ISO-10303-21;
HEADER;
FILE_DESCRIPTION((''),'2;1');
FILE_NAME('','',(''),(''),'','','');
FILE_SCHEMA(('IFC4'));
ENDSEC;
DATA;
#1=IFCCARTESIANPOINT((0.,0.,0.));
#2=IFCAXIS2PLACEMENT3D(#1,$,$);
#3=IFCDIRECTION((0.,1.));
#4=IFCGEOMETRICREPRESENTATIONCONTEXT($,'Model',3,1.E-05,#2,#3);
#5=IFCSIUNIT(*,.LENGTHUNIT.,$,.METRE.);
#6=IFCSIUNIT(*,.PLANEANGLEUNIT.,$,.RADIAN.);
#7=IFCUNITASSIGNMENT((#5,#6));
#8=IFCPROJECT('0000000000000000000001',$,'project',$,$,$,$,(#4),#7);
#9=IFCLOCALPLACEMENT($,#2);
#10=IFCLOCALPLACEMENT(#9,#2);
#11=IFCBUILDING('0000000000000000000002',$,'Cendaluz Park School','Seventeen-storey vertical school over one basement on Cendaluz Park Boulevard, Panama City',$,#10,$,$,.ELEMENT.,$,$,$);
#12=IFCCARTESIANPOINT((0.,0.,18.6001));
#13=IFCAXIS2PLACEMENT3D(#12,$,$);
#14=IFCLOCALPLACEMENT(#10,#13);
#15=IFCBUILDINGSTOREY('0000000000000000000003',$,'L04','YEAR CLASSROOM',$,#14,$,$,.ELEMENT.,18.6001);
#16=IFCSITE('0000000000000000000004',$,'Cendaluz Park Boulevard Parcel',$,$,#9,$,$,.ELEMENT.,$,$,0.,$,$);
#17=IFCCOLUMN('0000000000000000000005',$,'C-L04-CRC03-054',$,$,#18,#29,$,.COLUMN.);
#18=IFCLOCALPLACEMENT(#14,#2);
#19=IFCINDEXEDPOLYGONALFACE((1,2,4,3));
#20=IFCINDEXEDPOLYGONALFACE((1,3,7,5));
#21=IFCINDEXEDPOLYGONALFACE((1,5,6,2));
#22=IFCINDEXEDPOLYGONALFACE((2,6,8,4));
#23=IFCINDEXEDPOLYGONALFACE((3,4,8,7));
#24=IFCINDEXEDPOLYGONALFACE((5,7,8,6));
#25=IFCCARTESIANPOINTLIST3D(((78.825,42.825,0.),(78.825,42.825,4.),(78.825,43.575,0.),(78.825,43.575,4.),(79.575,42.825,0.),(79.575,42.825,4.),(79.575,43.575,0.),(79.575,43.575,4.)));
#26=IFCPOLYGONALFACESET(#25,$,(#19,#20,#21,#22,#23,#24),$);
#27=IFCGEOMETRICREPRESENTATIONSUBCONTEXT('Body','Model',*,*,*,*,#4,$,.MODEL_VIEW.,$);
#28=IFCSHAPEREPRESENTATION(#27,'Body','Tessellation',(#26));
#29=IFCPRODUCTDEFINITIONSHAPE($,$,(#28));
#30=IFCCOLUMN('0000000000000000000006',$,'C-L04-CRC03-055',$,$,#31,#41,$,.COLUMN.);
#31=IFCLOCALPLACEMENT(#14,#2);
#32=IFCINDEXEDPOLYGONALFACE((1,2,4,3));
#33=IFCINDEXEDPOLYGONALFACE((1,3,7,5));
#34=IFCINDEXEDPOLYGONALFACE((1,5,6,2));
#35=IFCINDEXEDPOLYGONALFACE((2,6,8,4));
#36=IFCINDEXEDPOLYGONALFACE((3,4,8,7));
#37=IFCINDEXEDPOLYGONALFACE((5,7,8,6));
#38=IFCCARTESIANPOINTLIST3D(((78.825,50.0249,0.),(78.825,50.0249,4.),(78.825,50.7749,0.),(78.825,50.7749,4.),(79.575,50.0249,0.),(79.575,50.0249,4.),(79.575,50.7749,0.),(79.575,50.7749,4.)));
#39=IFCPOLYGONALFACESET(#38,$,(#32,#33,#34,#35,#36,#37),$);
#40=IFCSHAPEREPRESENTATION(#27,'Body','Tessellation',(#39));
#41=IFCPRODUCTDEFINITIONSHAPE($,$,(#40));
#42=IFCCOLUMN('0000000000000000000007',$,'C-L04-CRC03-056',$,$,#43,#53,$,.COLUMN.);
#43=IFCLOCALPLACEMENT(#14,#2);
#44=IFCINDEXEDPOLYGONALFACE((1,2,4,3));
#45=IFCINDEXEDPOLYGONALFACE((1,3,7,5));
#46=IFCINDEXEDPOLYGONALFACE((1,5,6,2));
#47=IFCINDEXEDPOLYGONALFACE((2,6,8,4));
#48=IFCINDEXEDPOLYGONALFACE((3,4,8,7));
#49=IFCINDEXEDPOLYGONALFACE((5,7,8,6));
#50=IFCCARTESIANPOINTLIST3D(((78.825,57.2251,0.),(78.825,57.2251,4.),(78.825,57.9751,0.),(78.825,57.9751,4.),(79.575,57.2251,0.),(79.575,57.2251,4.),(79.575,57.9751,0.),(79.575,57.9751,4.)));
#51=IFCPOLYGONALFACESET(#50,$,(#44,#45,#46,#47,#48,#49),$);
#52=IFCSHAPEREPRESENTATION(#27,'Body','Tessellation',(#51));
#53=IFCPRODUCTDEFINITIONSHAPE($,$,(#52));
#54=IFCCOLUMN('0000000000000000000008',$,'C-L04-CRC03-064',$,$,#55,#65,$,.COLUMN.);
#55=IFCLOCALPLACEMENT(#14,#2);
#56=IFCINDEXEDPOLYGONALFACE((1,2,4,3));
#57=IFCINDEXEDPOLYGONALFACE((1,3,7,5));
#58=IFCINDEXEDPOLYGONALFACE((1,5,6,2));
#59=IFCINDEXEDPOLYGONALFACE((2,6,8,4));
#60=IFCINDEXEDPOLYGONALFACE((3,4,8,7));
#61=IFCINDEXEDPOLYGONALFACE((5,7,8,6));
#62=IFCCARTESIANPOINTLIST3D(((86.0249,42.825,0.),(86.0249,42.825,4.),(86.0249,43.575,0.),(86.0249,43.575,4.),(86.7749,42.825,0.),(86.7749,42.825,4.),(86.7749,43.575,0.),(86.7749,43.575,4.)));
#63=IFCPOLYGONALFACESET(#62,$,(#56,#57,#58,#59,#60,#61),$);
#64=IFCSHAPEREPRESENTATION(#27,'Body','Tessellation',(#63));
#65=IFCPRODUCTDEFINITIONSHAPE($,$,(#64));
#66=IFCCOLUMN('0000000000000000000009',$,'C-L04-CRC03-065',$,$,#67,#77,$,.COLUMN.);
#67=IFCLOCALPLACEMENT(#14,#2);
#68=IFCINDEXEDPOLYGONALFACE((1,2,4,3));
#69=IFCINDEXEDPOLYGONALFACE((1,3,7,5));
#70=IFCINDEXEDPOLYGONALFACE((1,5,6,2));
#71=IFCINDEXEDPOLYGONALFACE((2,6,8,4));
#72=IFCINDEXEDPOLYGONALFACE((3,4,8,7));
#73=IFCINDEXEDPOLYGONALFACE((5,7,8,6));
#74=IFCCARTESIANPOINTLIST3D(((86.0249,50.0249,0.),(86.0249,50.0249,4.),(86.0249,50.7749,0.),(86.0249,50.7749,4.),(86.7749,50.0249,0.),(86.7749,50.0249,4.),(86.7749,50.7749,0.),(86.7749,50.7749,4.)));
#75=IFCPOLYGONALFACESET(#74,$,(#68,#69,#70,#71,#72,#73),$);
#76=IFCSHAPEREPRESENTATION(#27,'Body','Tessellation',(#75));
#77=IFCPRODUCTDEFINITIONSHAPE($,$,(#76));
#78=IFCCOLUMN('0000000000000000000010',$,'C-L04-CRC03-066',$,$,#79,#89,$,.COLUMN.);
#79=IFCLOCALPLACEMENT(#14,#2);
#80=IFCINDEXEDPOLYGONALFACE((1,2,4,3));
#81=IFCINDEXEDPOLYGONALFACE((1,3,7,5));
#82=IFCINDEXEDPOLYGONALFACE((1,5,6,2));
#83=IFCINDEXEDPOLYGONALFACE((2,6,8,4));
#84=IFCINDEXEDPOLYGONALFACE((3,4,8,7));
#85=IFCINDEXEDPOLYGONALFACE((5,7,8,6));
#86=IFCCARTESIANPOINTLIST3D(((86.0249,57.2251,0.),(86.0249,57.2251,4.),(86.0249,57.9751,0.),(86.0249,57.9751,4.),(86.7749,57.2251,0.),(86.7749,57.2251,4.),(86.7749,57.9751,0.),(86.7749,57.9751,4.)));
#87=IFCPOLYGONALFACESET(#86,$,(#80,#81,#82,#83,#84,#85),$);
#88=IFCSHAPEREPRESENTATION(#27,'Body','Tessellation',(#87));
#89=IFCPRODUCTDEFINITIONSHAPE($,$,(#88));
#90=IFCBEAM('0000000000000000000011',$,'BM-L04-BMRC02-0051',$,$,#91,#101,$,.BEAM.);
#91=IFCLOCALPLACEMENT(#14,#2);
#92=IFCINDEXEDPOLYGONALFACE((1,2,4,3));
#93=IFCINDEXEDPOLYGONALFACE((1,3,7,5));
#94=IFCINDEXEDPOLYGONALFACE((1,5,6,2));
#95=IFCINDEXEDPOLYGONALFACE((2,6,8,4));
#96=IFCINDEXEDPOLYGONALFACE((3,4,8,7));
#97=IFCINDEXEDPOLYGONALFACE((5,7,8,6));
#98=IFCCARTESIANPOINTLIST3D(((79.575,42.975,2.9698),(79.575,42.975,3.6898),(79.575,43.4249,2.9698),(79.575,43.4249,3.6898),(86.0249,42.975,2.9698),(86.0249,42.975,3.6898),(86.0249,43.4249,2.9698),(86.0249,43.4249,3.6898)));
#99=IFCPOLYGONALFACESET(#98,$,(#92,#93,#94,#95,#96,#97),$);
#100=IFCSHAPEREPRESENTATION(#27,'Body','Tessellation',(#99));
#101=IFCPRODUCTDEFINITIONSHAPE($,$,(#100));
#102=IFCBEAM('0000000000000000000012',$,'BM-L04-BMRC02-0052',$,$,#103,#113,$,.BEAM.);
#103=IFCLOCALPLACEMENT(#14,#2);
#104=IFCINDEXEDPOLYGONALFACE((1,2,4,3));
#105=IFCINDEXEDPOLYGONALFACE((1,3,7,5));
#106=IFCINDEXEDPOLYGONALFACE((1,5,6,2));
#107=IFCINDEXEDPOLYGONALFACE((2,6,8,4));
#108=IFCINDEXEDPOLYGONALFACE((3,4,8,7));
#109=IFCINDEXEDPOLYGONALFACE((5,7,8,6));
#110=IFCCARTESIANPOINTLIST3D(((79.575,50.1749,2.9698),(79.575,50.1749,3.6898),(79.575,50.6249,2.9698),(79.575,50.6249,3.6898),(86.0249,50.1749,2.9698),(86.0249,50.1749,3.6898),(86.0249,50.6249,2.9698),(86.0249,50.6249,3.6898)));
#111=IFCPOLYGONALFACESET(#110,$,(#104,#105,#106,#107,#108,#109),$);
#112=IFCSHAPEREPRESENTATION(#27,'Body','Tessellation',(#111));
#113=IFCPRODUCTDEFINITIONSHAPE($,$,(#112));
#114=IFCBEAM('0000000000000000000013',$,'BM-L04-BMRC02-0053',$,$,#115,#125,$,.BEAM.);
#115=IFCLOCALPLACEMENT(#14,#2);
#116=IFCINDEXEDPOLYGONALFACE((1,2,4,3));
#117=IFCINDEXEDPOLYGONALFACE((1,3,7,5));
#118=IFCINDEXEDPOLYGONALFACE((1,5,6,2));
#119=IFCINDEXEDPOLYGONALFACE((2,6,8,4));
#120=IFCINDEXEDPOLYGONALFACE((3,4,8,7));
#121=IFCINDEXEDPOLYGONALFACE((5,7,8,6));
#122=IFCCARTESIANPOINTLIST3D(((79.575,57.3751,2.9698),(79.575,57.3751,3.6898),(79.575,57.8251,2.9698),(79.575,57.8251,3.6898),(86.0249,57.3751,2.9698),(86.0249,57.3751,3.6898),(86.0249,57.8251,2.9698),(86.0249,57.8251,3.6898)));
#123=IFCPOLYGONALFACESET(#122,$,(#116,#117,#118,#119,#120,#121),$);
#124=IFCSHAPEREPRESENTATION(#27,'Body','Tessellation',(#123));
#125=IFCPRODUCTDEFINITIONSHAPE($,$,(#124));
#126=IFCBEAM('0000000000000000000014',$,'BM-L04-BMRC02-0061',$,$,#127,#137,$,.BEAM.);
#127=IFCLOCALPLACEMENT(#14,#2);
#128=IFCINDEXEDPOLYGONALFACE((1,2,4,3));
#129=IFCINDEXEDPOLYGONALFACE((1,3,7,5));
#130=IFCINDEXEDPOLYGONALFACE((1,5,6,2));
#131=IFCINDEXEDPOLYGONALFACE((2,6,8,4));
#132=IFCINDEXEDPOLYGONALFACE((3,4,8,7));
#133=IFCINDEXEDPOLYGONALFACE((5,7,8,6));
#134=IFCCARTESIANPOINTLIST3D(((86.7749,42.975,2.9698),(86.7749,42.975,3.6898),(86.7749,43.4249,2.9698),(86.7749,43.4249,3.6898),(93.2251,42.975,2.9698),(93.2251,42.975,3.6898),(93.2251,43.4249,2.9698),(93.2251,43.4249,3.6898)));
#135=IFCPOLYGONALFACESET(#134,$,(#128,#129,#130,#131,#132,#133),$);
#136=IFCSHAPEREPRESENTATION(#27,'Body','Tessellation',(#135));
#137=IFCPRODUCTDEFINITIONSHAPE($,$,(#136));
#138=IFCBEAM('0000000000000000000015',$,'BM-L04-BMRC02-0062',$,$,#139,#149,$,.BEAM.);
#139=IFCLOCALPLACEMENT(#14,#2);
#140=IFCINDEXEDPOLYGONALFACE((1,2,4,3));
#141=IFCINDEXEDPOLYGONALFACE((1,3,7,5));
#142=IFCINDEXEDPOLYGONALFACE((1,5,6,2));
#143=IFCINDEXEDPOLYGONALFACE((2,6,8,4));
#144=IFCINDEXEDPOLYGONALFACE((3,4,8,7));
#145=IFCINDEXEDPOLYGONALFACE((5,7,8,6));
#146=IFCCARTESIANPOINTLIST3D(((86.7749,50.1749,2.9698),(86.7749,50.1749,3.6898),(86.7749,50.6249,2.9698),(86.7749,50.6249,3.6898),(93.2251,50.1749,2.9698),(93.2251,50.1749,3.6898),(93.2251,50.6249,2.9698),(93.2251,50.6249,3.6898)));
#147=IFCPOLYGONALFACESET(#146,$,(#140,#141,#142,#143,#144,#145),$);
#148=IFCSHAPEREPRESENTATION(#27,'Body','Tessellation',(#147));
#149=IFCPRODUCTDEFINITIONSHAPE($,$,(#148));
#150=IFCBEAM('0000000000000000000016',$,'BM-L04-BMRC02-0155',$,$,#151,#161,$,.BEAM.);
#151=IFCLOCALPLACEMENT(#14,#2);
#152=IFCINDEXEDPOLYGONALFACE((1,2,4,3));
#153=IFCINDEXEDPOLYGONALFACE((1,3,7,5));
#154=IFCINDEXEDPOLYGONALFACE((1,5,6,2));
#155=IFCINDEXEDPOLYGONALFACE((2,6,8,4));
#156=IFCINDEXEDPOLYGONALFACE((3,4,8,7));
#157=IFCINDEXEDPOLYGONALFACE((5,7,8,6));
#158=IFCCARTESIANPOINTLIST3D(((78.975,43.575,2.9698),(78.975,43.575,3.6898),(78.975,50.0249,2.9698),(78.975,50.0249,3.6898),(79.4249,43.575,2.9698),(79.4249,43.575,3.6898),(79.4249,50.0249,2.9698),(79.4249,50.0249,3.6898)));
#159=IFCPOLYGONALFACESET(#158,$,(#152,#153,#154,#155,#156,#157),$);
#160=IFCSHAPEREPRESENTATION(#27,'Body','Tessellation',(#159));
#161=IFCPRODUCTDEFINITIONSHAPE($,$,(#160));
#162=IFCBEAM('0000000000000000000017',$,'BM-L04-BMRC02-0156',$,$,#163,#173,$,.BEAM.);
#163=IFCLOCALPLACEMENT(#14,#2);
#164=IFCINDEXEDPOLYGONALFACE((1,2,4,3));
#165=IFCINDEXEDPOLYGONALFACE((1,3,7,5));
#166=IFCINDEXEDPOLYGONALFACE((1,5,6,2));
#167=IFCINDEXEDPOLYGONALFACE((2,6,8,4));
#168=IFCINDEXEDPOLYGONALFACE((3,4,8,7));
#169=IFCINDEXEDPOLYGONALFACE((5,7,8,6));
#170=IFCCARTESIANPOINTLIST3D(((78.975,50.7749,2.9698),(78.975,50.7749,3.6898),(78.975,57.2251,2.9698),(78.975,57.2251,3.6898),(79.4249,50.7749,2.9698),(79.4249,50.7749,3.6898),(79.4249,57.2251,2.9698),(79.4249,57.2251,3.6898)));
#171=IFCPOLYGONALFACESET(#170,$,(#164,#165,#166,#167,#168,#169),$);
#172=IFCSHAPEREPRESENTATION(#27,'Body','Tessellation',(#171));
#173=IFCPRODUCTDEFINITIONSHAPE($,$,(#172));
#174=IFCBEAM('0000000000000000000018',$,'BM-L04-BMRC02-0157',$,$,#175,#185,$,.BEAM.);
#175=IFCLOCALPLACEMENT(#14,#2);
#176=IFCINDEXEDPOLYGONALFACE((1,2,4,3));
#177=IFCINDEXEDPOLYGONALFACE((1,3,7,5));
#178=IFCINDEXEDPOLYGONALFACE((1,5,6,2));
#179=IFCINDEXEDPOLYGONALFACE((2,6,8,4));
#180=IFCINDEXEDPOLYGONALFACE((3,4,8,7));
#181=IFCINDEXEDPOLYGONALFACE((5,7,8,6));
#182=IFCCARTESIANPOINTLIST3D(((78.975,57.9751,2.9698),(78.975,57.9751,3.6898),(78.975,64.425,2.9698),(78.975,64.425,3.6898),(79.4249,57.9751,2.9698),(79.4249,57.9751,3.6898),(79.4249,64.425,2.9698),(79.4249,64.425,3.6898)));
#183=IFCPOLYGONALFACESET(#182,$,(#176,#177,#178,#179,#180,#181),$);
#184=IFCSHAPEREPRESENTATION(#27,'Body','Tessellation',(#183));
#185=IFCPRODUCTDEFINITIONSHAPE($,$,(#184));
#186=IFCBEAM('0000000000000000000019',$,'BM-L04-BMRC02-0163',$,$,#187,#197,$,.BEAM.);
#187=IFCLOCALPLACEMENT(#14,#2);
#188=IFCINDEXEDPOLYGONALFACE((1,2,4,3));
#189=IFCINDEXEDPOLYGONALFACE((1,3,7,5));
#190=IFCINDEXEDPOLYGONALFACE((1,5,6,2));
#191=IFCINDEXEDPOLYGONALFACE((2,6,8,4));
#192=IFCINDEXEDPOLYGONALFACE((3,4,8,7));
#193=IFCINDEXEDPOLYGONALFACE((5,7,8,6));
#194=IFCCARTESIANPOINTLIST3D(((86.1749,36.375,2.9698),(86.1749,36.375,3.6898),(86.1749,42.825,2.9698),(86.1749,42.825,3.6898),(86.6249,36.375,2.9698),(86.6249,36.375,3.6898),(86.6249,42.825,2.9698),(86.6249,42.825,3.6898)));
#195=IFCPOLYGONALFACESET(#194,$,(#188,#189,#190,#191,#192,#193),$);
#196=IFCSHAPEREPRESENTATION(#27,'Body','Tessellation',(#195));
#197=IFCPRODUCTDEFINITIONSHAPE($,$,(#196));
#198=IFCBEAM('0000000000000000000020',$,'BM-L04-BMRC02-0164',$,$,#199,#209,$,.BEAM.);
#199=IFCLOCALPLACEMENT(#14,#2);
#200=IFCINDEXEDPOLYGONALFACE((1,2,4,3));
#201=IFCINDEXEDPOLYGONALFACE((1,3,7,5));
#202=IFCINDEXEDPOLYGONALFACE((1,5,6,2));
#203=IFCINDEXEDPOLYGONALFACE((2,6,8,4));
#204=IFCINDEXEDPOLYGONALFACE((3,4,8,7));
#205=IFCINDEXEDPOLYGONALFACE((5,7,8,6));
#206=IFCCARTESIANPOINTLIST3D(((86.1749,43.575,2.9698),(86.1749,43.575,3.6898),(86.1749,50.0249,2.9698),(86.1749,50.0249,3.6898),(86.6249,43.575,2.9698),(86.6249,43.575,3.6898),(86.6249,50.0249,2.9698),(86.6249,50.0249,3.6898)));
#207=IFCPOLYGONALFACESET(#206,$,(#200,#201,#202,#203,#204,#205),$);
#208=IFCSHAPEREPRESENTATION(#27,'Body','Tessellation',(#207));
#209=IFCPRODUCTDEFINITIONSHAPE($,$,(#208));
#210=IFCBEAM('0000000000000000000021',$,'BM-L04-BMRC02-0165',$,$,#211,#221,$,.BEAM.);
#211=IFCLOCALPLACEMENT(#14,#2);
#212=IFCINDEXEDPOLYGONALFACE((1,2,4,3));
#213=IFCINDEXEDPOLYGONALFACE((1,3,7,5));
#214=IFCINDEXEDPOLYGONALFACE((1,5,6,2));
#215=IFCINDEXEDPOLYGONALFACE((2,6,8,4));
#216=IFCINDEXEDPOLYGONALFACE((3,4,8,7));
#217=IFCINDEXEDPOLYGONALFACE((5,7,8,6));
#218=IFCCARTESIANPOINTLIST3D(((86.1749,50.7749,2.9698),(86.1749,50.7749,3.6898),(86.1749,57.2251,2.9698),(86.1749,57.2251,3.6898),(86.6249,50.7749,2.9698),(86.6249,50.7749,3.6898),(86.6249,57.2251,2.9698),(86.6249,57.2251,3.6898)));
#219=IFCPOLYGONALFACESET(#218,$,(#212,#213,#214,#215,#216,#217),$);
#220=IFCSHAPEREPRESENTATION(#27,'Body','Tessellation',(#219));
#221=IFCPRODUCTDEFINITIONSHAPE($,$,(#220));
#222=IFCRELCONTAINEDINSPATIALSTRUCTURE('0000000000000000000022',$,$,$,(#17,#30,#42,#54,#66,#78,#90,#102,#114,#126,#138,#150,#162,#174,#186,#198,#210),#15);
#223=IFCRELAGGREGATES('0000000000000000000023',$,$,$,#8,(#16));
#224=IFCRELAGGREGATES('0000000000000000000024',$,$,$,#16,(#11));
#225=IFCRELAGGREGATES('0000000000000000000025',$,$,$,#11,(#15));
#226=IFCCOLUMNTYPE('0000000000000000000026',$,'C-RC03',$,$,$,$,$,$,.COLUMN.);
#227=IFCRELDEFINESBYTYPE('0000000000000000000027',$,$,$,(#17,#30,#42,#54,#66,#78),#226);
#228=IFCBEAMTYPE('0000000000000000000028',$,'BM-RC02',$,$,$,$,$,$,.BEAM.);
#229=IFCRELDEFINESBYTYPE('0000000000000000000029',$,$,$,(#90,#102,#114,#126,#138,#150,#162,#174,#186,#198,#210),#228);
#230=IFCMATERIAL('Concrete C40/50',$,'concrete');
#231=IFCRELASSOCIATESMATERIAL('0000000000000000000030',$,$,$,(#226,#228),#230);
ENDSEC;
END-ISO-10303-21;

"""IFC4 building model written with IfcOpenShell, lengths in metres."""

from ifc_helpers import new_model, si_unit, direction, frame, origin, origin_2d, place, context, subcontext, project, spatial, rectangle, extrude, material, material_profile, profile_set, type_object, element, save


model = new_model("IFC4")

# Units and contexts
model_context = context("Model", 3, precision=1e-05, world=origin(), true_north=direction((0.0, 1.0)))
body_context = subcontext(model_context, "Body", "Model", "MODEL_VIEW")
ifc_project = project(units=[si_unit("LENGTHUNIT", "METRE"), si_unit("PLANEANGLEUNIT", "RADIAN")], contexts=[model_context])

# Site, building, storey
site_placement = place(None, origin())
site = spatial("IfcSite", under=ifc_project, at=site_placement, Name="Cendaluz Park Boulevard Parcel", CompositionType="ELEMENT", RefElevation=0.0)
building_placement = place(site_placement, origin())
building = spatial("IfcBuilding", under=site, at=building_placement, Name="Cendaluz Park School", Description="Seventeen-storey vertical school over one basement on Cendaluz Park Boulevard, Panama City", CompositionType="ELEMENT")
storey_placement = place(building_placement, frame((0.0, 0.0, 18.6001)))
storey = spatial("IfcBuildingStorey", under=building, at=storey_placement, Name="L04", Description="YEAR CLASSROOM", CompositionType="ELEMENT", Elevation=18.6001)

# Columns
ifc_material_1 = material(Name="Concrete C40/50", Category="concrete")
ifc_material_profile_1 = material_profile(ifc_material_1, rectangle(XDim=0.75, YDim=0.75, at=origin_2d()), Name="RC 750x750", Category="concrete")
ifc_profile_set_1 = profile_set([ifc_material_profile_1], Name="Concrete C40/50")
column_type = type_object("IfcColumnType", Name="C-RC03", PredefinedType="COLUMN", material=ifc_profile_set_1)
for number, where, z_axis, x_axis, name in (
    (1, (79.2, 43.2, 0.0), (0.0, 0.0, 1.0), (1.0, 0.0, 0.0), "C-L04-CRC03-054"),
    (2, (79.2, 50.3999, 0.0), (0.0, 0.0, 1.0), (1.0, 0.0, 0.0), "C-L04-CRC03-055"),
    (3, (79.2, 57.6001, 0.0), (0.0, 0.0, 1.0), (1.0, 0.0, 0.0), "C-L04-CRC03-056"),
    (4, (86.3999, 43.2, 0.0), (0.0, 0.0, 1.0), (1.0, 0.0, 0.0), "C-L04-CRC03-064"),
    (5, (86.3999, 50.3999, 0.0), (0.0, 0.0, 1.0), (1.0, 0.0, 0.0), "C-L04-CRC03-065"),
    (6, (86.3999, 57.6001, 0.0), (0.0, 0.0, 1.0), (1.0, 0.0, 0.0), "C-L04-CRC03-066"),
):
    element("IfcColumn", number, at=place(storey_placement, frame(where, z_axis=z_axis, x_axis=x_axis)), inside=storey, type_object=column_type, Name=name, PredefinedType="COLUMN", context=body_context, shape_type="SweptSolid", body=[
        extrude(rectangle(XDim=0.75, YDim=0.75, at=origin_2d()), origin(), (0.0, 0.0, 1.0), 4.0),
    ])

# Beams
ifc_material_profile_2 = material_profile(ifc_material_1, rectangle(XDim=0.45, YDim=0.72, at=origin_2d()), Name="RC 450x720", Category="concrete")
ifc_profile_set_2 = profile_set([ifc_material_profile_2], Name="Concrete C40/50")
beam_type_1 = type_object("IfcBeamType", Name="BM-RC02", PredefinedType="BEAM", material=ifc_profile_set_2)
for number, where, z_axis, x_axis, name in (
    (7, (79.575, 43.2, 3.3298), (1.0, 0.0, 0.0), (0.0, 1.0, 0.0), "BM-L04-BMRC02-0051"),
    (8, (79.575, 50.3999, 3.3298), (1.0, 0.0, 0.0), (0.0, 1.0, 0.0), "BM-L04-BMRC02-0052"),
    (9, (79.575, 57.6001, 3.3298), (1.0, 0.0, 0.0), (0.0, 1.0, 0.0), "BM-L04-BMRC02-0053"),
):
    element("IfcBeam", number, at=place(storey_placement, frame(where, z_axis=z_axis, x_axis=x_axis)), inside=storey, type_object=beam_type_1, Name=name, PredefinedType="BEAM", context=body_context, shape_type="SweptSolid", body=[
        extrude(rectangle(XDim=0.45, YDim=0.72, at=origin_2d()), origin(), (0.0, 0.0, 1.0), 6.45),
    ])
for number, where, z_axis, x_axis, name in (
    (10, (86.7749, 43.2, 3.3298), (1.0, 0.0, 0.0), (0.0, 1.0, 0.0), "BM-L04-BMRC02-0061"),
    (11, (86.7749, 50.3999, 3.3298), (1.0, 0.0, 0.0), (0.0, 1.0, 0.0), "BM-L04-BMRC02-0062"),
):
    element("IfcBeam", number, at=place(storey_placement, frame(where, z_axis=z_axis, x_axis=x_axis)), inside=storey, type_object=beam_type_1, Name=name, PredefinedType="BEAM", context=body_context, shape_type="SweptSolid", body=[
        extrude(rectangle(XDim=0.45, YDim=0.72, at=origin_2d()), origin(), (0.0, 0.0, 1.0), 6.4502),
    ])
beam_1_placement = place(storey_placement, frame((79.2, 43.575, 3.3298), z_axis=(0.0, 1.0, 0.0), x_axis=(-1.0, 0.0, 0.0)))
element("IfcBeam", 12, at=beam_1_placement, inside=storey, type_object=beam_type_1, Name="BM-L04-BMRC02-0155", PredefinedType="BEAM", context=body_context, shape_type="SweptSolid", body=[
    extrude(rectangle(XDim=0.45, YDim=0.72, at=origin_2d()), origin(), (0.0, 0.0, 1.0), 6.45),
])
beam_2_placement = place(storey_placement, frame((79.2, 50.7749, 3.3298), z_axis=(0.0, 1.0, 0.0), x_axis=(-1.0, 0.0, 0.0)))
element("IfcBeam", 13, at=beam_2_placement, inside=storey, type_object=beam_type_1, Name="BM-L04-BMRC02-0156", PredefinedType="BEAM", context=body_context, shape_type="SweptSolid", body=[
    extrude(rectangle(XDim=0.45, YDim=0.72, at=origin_2d()), origin(), (0.0, 0.0, 1.0), 6.4502),
])
for number, where, z_axis, x_axis, name in (
    (14, (79.2, 57.9751, 3.3298), (0.0, 1.0, 0.0), (-1.0, 0.0, 0.0), "BM-L04-BMRC02-0157"),
    (15, (86.3999, 36.375, 3.3298), (0.0, 1.0, 0.0), (-1.0, 0.0, 0.0), "BM-L04-BMRC02-0163"),
    (16, (86.3999, 43.575, 3.3298), (0.0, 1.0, 0.0), (-1.0, 0.0, 0.0), "BM-L04-BMRC02-0164"),
):
    element("IfcBeam", number, at=place(storey_placement, frame(where, z_axis=z_axis, x_axis=x_axis)), inside=storey, type_object=beam_type_1, Name=name, PredefinedType="BEAM", context=body_context, shape_type="SweptSolid", body=[
        extrude(rectangle(XDim=0.45, YDim=0.72, at=origin_2d()), origin(), (0.0, 0.0, 1.0), 6.45),
    ])
beam_3_placement = place(storey_placement, frame((86.3999, 50.7749, 3.3298), z_axis=(0.0, 1.0, 0.0), x_axis=(-1.0, 0.0, 0.0)))
element("IfcBeam", 17, at=beam_3_placement, inside=storey, type_object=beam_type_1, Name="BM-L04-BMRC02-0165", PredefinedType="BEAM", context=body_context, shape_type="SweptSolid", body=[
    extrude(rectangle(XDim=0.45, YDim=0.72, at=origin_2d()), origin(), (0.0, 0.0, 1.0), 6.4502),
])

save(model, "model.ifc")
